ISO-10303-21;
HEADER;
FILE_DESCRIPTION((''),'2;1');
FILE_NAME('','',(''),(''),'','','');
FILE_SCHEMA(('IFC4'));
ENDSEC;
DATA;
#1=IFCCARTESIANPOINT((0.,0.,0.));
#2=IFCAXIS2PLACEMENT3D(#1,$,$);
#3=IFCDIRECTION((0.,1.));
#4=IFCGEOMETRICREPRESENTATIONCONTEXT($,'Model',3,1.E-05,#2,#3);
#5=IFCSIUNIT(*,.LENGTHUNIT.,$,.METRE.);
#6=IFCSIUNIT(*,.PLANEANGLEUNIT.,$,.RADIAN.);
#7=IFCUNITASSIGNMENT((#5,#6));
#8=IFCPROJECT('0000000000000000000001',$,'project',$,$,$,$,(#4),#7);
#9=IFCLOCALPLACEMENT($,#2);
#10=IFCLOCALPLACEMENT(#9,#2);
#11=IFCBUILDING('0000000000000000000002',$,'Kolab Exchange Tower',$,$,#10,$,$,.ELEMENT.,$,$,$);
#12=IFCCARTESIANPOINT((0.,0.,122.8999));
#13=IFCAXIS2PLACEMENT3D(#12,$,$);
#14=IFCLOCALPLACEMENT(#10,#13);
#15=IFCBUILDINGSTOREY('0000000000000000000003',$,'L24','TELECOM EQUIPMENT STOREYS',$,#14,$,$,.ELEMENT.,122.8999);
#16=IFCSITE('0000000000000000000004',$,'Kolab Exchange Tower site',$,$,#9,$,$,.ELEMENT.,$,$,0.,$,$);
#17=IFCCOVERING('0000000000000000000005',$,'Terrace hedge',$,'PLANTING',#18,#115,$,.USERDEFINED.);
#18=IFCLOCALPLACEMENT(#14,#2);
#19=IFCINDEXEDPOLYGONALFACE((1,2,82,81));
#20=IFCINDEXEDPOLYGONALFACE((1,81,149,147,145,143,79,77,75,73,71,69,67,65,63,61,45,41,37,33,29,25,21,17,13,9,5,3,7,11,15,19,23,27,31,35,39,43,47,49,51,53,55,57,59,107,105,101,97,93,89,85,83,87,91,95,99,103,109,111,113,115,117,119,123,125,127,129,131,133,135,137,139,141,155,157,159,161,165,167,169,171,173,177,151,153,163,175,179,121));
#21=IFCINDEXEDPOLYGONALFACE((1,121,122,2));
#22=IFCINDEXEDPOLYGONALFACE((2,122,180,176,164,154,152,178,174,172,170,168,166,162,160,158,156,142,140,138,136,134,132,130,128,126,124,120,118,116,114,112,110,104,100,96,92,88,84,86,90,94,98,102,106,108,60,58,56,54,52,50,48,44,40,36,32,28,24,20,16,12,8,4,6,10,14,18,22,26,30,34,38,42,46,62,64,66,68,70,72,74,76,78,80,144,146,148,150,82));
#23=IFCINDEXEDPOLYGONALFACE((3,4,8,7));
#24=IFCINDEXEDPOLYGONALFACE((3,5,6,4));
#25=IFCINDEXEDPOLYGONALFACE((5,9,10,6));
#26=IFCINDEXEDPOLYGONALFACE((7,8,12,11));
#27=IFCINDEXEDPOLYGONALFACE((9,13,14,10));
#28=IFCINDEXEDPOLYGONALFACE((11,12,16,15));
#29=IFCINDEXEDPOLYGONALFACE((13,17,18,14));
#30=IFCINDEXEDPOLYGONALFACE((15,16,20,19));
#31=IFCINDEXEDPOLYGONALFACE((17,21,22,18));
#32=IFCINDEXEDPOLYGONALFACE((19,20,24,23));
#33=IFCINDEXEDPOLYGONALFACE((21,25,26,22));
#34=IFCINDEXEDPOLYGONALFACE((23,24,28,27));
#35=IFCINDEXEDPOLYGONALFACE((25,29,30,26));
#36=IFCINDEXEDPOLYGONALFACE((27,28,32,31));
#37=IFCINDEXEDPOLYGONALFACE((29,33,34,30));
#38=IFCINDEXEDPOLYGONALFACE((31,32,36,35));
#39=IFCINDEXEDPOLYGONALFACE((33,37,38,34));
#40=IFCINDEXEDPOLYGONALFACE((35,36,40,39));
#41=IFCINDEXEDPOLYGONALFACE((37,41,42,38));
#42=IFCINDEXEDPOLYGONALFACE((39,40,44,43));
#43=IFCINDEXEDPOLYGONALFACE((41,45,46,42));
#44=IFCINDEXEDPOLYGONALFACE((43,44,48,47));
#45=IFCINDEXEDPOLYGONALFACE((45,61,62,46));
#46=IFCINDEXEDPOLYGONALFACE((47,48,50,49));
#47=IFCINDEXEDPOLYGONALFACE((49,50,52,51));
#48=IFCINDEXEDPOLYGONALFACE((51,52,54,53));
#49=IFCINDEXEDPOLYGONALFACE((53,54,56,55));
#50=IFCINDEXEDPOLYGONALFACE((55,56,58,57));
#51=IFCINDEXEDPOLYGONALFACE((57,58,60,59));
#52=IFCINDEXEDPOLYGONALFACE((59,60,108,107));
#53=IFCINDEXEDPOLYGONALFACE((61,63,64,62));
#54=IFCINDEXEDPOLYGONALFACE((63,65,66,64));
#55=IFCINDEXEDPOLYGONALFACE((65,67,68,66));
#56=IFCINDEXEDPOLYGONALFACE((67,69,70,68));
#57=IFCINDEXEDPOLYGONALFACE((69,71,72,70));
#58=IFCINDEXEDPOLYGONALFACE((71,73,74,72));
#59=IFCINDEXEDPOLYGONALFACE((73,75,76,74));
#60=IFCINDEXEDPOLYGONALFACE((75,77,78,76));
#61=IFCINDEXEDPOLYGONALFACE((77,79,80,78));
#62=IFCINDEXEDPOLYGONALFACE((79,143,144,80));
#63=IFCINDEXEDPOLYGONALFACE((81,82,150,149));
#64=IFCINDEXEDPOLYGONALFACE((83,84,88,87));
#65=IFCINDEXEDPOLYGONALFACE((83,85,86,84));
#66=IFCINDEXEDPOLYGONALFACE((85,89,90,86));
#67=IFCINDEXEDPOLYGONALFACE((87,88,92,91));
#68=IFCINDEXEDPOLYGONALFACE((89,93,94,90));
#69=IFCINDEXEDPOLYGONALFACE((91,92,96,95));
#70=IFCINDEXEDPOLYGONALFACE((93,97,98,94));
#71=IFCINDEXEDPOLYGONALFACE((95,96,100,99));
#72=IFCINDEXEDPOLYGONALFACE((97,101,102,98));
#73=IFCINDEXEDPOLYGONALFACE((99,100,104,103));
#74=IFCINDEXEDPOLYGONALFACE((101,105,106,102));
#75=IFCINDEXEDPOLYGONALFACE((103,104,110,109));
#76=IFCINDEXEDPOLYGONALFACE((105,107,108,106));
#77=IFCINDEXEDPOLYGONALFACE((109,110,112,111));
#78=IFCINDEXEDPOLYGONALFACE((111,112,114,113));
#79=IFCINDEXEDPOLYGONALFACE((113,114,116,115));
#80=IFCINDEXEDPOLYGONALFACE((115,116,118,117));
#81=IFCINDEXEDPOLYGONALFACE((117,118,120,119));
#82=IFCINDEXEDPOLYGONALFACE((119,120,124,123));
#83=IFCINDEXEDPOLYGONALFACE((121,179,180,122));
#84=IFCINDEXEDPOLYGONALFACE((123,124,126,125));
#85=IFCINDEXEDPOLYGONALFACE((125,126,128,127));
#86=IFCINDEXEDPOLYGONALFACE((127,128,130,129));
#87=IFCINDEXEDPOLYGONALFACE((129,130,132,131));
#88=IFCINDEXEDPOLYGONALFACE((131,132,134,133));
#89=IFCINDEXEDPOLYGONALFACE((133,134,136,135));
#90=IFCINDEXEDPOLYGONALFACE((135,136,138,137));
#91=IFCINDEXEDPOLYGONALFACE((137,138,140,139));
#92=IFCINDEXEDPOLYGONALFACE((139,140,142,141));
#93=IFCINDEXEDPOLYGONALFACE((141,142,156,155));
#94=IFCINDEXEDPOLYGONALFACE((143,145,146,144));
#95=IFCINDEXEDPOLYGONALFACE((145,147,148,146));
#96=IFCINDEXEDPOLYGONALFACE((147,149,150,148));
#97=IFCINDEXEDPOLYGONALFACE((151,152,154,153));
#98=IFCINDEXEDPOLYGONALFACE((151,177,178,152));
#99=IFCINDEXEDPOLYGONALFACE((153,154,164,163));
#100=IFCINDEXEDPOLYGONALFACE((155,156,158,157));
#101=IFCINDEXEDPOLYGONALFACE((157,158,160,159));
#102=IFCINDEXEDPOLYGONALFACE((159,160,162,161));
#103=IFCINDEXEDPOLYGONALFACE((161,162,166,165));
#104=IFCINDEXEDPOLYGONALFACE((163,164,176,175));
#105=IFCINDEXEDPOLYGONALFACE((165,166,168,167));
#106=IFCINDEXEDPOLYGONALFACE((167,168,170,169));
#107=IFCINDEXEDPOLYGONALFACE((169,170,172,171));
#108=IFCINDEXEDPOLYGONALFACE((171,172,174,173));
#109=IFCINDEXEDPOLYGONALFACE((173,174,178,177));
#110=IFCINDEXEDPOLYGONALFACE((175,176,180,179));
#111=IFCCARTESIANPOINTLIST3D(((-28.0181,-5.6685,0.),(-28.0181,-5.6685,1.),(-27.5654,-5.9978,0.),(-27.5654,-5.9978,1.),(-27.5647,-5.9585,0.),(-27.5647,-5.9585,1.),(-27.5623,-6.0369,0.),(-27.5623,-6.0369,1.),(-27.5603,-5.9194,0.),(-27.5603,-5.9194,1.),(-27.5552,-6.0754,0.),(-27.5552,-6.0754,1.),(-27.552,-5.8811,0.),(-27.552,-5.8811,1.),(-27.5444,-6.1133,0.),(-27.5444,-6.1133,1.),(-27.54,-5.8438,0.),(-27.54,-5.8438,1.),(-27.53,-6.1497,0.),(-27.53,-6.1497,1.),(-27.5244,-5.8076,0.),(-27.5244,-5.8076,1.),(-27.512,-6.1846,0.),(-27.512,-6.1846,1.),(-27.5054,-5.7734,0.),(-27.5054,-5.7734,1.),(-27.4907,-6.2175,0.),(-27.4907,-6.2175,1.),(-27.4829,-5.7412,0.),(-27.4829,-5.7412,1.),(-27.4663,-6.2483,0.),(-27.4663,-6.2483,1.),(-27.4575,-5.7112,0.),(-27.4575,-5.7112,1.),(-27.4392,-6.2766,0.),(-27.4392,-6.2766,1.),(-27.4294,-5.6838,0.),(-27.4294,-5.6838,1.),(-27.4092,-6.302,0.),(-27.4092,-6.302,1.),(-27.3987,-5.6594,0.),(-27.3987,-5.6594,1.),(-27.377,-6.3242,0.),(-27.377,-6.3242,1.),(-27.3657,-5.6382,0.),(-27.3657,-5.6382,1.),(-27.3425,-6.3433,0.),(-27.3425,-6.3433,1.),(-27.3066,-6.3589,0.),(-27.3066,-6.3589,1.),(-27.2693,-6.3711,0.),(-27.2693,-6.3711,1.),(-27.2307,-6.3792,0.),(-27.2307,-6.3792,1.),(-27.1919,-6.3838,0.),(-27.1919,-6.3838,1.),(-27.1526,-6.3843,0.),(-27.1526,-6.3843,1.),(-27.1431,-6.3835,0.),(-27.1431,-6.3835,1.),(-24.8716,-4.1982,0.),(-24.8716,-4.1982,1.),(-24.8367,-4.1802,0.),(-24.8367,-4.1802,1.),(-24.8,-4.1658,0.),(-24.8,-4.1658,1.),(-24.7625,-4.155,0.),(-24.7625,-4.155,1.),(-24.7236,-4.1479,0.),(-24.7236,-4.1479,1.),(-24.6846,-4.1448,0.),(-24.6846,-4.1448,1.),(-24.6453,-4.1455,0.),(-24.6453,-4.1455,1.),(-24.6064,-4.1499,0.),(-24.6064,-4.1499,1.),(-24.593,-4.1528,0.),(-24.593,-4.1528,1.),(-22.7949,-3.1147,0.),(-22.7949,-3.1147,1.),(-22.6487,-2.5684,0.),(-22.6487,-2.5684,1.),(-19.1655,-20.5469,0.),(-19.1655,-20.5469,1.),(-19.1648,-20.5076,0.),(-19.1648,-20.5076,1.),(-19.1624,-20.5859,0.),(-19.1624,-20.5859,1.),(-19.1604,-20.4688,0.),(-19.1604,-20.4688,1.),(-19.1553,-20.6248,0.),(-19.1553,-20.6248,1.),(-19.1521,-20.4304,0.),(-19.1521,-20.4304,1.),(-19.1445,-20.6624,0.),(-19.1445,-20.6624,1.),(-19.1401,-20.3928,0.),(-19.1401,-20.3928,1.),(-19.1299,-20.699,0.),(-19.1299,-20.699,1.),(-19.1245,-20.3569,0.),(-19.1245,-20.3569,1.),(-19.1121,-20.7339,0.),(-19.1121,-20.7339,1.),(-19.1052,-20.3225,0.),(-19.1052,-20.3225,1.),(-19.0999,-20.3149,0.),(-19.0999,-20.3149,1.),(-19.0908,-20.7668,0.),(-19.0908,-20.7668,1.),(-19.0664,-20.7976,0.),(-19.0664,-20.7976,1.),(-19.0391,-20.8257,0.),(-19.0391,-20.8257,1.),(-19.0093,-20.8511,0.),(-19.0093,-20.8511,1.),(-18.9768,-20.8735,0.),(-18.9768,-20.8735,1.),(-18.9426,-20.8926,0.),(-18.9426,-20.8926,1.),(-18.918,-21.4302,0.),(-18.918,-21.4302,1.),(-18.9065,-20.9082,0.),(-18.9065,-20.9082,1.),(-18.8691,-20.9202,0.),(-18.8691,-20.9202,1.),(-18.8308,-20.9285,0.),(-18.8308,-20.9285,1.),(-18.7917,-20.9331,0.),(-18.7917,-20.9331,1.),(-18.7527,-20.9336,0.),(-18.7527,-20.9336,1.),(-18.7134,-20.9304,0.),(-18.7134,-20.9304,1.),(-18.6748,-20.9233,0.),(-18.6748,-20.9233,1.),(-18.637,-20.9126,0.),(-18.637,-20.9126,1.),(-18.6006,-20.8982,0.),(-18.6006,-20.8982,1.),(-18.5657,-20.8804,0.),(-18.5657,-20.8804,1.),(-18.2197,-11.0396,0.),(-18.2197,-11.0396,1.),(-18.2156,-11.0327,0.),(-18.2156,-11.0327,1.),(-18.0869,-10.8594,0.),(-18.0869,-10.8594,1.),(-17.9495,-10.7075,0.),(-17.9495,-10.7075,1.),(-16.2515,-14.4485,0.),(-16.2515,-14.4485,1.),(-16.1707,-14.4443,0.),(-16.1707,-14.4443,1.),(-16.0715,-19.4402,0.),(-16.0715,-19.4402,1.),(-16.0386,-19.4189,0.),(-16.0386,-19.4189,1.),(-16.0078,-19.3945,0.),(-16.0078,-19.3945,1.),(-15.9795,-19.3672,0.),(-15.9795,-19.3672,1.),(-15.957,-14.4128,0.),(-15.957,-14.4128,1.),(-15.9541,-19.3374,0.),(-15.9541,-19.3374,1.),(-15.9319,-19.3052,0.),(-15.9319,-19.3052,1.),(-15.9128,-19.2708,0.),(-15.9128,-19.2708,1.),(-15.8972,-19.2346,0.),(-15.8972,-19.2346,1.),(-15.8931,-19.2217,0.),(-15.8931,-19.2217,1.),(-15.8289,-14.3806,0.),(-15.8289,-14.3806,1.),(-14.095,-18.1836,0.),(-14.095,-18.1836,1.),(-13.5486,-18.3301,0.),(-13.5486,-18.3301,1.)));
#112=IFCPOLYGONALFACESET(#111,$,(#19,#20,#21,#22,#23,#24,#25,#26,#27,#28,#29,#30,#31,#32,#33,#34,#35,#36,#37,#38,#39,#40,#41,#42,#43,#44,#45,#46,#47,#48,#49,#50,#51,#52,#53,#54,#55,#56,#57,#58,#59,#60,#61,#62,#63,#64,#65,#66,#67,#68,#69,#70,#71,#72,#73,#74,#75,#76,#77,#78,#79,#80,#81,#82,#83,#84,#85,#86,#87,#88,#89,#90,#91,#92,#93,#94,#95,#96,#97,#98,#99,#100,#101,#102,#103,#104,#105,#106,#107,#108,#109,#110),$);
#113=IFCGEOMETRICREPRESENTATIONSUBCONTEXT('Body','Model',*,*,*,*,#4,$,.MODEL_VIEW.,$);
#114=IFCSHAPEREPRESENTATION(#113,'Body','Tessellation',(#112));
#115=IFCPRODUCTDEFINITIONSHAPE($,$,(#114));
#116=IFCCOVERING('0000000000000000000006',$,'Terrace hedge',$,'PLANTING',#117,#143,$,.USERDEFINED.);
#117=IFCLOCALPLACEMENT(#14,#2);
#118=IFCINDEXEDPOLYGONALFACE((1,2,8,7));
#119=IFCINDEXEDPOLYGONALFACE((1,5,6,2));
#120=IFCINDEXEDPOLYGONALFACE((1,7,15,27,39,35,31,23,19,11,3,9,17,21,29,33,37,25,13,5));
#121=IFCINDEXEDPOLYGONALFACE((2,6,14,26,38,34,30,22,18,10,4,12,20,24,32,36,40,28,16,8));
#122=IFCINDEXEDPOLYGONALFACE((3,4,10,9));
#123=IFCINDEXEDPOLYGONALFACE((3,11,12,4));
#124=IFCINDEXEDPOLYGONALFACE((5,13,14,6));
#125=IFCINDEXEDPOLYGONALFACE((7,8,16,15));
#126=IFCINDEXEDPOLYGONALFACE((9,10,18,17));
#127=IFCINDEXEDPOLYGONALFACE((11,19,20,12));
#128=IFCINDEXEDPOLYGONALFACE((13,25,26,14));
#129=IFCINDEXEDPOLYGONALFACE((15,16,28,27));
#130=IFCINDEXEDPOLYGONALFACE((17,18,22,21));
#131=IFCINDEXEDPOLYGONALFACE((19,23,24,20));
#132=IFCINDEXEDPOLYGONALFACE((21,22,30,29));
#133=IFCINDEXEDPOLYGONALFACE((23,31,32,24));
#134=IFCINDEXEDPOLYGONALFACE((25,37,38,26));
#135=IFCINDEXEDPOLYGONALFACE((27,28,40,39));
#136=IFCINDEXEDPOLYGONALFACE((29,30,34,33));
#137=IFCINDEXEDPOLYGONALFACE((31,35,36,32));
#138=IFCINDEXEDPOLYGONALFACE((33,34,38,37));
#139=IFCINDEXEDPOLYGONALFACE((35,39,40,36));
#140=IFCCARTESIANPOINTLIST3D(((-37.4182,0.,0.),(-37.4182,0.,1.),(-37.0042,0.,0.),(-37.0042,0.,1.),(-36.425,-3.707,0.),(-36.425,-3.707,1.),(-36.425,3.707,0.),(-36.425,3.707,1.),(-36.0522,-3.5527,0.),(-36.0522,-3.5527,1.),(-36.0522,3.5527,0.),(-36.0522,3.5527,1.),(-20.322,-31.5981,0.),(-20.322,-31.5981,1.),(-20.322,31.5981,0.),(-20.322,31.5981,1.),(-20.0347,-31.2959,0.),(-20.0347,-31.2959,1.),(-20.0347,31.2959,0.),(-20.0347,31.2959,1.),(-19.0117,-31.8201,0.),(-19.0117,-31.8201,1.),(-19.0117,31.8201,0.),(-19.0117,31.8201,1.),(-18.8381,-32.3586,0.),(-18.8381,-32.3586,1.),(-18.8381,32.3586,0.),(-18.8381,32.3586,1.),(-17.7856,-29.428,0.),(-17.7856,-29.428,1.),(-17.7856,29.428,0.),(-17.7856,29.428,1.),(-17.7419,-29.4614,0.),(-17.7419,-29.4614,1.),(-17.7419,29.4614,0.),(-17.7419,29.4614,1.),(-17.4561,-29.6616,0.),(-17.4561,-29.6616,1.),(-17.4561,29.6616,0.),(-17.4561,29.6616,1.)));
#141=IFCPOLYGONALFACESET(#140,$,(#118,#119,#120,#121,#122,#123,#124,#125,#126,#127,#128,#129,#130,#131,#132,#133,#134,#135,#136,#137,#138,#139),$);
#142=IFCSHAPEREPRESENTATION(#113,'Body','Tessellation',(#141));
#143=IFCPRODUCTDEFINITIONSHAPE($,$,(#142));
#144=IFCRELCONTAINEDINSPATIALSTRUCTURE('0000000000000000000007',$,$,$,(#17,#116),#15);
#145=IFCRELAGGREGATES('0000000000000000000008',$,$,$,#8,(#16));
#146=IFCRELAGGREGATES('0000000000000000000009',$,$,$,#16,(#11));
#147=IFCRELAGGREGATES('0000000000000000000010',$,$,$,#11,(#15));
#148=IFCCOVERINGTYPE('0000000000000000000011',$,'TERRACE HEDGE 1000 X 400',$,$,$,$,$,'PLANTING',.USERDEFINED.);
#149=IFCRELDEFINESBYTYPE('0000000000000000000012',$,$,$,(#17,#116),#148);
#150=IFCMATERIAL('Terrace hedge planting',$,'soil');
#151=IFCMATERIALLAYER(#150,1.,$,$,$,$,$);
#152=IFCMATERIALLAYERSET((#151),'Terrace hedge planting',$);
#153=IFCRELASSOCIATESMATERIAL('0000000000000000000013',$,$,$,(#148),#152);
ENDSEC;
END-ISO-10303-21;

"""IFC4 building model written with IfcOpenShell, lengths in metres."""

from ifc_helpers import new_model, si_unit, direction, frame, origin, place, context, subcontext, project, spatial, polyline, outline, extrude, material, layer, layer_set, type_object, element, save


model = new_model("IFC4")

# Units and contexts
model_context = context("Model", 3, precision=1e-05, world=origin(), true_north=direction((0.0, 1.0)))
body_context = subcontext(model_context, "Body", "Model", "MODEL_VIEW")
ifc_project = project(units=[si_unit("LENGTHUNIT", "METRE"), si_unit("PLANEANGLEUNIT", "RADIAN")], contexts=[model_context])

# Site, building, storey
site_placement = place(None, origin())
site = spatial("IfcSite", under=ifc_project, at=site_placement, Name="Kolab Exchange Tower site", CompositionType="ELEMENT", RefElevation=0.0)
building_placement = place(site_placement, origin())
building = spatial("IfcBuilding", under=site, at=building_placement, Name="Kolab Exchange Tower", CompositionType="ELEMENT")
storey_placement = place(building_placement, frame((0.0, 0.0, 122.8999)))
storey = spatial("IfcBuildingStorey", under=building, at=storey_placement, Name="L24", Description="TELECOM EQUIPMENT STOREYS", CompositionType="ELEMENT", Elevation=122.8999)

# Coverings
ifc_material_1 = material(Name="Terrace hedge planting", Category="soil")
ifc_layer_1 = layer(ifc_material_1, 1.0)
ifc_layer_set_1 = layer_set([ifc_layer_1], Name="Terrace hedge planting")
covering_type_1 = type_object("IfcCoveringType", Name="TERRACE HEDGE 1000 X 400", ElementType="PLANTING", PredefinedType="USERDEFINED", material=ifc_layer_set_1)
covering_1_placement = place(storey_placement, origin())
element("IfcCovering", 1, at=covering_1_placement, inside=storey, type_object=covering_type_1, Name="Terrace hedge", ObjectType="PLANTING", PredefinedType="USERDEFINED", context=body_context, shape_type="SweptSolid", body=[
    extrude(outline(polyline([(-28.0181, -5.6685), (-22.6487, -2.5684), (-17.9495, -10.7075), (-18.0869, -10.8594), (-18.2156, -11.0327), (-18.2197, -11.0396), (-22.7949, -3.1147), (-24.593, -4.1528), (-24.6064, -4.1499), (-24.6453, -4.1455), (-24.6846, -4.1448), (-24.7236, -4.1479), (-24.7625, -4.155), (-24.8, -4.1658), (-24.8367, -4.1802), (-24.8716, -4.1982), (-27.3657, -5.6382), (-27.3987, -5.6594), (-27.4294, -5.6838), (-27.4575, -5.7112), (-27.4829, -5.7412), (-27.5054, -5.7734), (-27.5244, -5.8076), (-27.54, -5.8438), (-27.552, -5.8811), (-27.5603, -5.9194), (-27.5647, -5.9585), (-27.5654, -5.9978), (-27.5623, -6.0369), (-27.5552, -6.0754), (-27.5444, -6.1133), (-27.53, -6.1497), (-27.512, -6.1846), (-27.4907, -6.2175), (-27.4663, -6.2483), (-27.4392, -6.2766), (-27.4092, -6.302), (-27.377, -6.3242), (-27.3425, -6.3433), (-27.3066, -6.3589), (-27.2693, -6.3711), (-27.2307, -6.3792), (-27.1919, -6.3838), (-27.1526, -6.3843), (-27.1431, -6.3835), (-19.0999, -20.3149), (-19.1052, -20.3225), (-19.1245, -20.3569), (-19.1401, -20.3928), (-19.1521, -20.4304), (-19.1604, -20.4688), (-19.1648, -20.5076), (-19.1655, -20.5469), (-19.1624, -20.5859), (-19.1553, -20.6248), (-19.1445, -20.6624), (-19.1299, -20.699), (-19.1121, -20.7339), (-19.0908, -20.7668), (-19.0664, -20.7976), (-19.0391, -20.8257), (-19.0093, -20.8511), (-18.9768, -20.8735), (-18.9426, -20.8926), (-18.9065, -20.9082), (-18.8691, -20.9202), (-18.8308, -20.9285), (-18.7917, -20.9331), (-18.7527, -20.9336), (-18.7134, -20.9304), (-18.6748, -20.9233), (-18.637, -20.9126), (-18.6006, -20.8982), (-18.5657, -20.8804), (-16.0715, -19.4402), (-16.0386, -19.4189), (-16.0078, -19.3945), (-15.9795, -19.3672), (-15.9541, -19.3374), (-15.9319, -19.3052), (-15.9128, -19.2708), (-15.8972, -19.2346), (-15.8931, -19.2217), (-14.095, -18.1836), (-16.2515, -14.4485), (-16.1707, -14.4443), (-15.957, -14.4128), (-15.8289, -14.3806), (-13.5486, -18.3301), (-18.918, -21.4302), (-28.0181, -5.6685)])), origin(), (0.0, 0.0, 1.0), 1.0),
])
covering_2_placement = place(storey_placement, origin())
element("IfcCovering", 2, at=covering_2_placement, inside=storey, type_object=covering_type_1, Name="Terrace hedge", ObjectType="PLANTING", PredefinedType="USERDEFINED", context=body_context, shape_type="SweptSolid", body=[
    extrude(outline(polyline([(-20.322, -31.5981), (-36.425, -3.707), (-37.4182, 0.0), (-36.425, 3.707), (-20.322, 31.5981), (-18.8381, 32.3586), (-17.4561, 29.6616), (-17.7419, 29.4614), (-17.7856, 29.428), (-19.0117, 31.8201), (-20.0347, 31.2959), (-36.0522, 3.5527), (-37.0042, 0.0), (-36.0522, -3.5527), (-20.0347, -31.2959), (-19.0117, -31.8201), (-17.7856, -29.428), (-17.7419, -29.4614), (-17.4561, -29.6616), (-18.8381, -32.3586), (-20.322, -31.5981)])), origin(), (0.0, 0.0, 1.0), 1.0),
])

save(model, "model.ifc")
